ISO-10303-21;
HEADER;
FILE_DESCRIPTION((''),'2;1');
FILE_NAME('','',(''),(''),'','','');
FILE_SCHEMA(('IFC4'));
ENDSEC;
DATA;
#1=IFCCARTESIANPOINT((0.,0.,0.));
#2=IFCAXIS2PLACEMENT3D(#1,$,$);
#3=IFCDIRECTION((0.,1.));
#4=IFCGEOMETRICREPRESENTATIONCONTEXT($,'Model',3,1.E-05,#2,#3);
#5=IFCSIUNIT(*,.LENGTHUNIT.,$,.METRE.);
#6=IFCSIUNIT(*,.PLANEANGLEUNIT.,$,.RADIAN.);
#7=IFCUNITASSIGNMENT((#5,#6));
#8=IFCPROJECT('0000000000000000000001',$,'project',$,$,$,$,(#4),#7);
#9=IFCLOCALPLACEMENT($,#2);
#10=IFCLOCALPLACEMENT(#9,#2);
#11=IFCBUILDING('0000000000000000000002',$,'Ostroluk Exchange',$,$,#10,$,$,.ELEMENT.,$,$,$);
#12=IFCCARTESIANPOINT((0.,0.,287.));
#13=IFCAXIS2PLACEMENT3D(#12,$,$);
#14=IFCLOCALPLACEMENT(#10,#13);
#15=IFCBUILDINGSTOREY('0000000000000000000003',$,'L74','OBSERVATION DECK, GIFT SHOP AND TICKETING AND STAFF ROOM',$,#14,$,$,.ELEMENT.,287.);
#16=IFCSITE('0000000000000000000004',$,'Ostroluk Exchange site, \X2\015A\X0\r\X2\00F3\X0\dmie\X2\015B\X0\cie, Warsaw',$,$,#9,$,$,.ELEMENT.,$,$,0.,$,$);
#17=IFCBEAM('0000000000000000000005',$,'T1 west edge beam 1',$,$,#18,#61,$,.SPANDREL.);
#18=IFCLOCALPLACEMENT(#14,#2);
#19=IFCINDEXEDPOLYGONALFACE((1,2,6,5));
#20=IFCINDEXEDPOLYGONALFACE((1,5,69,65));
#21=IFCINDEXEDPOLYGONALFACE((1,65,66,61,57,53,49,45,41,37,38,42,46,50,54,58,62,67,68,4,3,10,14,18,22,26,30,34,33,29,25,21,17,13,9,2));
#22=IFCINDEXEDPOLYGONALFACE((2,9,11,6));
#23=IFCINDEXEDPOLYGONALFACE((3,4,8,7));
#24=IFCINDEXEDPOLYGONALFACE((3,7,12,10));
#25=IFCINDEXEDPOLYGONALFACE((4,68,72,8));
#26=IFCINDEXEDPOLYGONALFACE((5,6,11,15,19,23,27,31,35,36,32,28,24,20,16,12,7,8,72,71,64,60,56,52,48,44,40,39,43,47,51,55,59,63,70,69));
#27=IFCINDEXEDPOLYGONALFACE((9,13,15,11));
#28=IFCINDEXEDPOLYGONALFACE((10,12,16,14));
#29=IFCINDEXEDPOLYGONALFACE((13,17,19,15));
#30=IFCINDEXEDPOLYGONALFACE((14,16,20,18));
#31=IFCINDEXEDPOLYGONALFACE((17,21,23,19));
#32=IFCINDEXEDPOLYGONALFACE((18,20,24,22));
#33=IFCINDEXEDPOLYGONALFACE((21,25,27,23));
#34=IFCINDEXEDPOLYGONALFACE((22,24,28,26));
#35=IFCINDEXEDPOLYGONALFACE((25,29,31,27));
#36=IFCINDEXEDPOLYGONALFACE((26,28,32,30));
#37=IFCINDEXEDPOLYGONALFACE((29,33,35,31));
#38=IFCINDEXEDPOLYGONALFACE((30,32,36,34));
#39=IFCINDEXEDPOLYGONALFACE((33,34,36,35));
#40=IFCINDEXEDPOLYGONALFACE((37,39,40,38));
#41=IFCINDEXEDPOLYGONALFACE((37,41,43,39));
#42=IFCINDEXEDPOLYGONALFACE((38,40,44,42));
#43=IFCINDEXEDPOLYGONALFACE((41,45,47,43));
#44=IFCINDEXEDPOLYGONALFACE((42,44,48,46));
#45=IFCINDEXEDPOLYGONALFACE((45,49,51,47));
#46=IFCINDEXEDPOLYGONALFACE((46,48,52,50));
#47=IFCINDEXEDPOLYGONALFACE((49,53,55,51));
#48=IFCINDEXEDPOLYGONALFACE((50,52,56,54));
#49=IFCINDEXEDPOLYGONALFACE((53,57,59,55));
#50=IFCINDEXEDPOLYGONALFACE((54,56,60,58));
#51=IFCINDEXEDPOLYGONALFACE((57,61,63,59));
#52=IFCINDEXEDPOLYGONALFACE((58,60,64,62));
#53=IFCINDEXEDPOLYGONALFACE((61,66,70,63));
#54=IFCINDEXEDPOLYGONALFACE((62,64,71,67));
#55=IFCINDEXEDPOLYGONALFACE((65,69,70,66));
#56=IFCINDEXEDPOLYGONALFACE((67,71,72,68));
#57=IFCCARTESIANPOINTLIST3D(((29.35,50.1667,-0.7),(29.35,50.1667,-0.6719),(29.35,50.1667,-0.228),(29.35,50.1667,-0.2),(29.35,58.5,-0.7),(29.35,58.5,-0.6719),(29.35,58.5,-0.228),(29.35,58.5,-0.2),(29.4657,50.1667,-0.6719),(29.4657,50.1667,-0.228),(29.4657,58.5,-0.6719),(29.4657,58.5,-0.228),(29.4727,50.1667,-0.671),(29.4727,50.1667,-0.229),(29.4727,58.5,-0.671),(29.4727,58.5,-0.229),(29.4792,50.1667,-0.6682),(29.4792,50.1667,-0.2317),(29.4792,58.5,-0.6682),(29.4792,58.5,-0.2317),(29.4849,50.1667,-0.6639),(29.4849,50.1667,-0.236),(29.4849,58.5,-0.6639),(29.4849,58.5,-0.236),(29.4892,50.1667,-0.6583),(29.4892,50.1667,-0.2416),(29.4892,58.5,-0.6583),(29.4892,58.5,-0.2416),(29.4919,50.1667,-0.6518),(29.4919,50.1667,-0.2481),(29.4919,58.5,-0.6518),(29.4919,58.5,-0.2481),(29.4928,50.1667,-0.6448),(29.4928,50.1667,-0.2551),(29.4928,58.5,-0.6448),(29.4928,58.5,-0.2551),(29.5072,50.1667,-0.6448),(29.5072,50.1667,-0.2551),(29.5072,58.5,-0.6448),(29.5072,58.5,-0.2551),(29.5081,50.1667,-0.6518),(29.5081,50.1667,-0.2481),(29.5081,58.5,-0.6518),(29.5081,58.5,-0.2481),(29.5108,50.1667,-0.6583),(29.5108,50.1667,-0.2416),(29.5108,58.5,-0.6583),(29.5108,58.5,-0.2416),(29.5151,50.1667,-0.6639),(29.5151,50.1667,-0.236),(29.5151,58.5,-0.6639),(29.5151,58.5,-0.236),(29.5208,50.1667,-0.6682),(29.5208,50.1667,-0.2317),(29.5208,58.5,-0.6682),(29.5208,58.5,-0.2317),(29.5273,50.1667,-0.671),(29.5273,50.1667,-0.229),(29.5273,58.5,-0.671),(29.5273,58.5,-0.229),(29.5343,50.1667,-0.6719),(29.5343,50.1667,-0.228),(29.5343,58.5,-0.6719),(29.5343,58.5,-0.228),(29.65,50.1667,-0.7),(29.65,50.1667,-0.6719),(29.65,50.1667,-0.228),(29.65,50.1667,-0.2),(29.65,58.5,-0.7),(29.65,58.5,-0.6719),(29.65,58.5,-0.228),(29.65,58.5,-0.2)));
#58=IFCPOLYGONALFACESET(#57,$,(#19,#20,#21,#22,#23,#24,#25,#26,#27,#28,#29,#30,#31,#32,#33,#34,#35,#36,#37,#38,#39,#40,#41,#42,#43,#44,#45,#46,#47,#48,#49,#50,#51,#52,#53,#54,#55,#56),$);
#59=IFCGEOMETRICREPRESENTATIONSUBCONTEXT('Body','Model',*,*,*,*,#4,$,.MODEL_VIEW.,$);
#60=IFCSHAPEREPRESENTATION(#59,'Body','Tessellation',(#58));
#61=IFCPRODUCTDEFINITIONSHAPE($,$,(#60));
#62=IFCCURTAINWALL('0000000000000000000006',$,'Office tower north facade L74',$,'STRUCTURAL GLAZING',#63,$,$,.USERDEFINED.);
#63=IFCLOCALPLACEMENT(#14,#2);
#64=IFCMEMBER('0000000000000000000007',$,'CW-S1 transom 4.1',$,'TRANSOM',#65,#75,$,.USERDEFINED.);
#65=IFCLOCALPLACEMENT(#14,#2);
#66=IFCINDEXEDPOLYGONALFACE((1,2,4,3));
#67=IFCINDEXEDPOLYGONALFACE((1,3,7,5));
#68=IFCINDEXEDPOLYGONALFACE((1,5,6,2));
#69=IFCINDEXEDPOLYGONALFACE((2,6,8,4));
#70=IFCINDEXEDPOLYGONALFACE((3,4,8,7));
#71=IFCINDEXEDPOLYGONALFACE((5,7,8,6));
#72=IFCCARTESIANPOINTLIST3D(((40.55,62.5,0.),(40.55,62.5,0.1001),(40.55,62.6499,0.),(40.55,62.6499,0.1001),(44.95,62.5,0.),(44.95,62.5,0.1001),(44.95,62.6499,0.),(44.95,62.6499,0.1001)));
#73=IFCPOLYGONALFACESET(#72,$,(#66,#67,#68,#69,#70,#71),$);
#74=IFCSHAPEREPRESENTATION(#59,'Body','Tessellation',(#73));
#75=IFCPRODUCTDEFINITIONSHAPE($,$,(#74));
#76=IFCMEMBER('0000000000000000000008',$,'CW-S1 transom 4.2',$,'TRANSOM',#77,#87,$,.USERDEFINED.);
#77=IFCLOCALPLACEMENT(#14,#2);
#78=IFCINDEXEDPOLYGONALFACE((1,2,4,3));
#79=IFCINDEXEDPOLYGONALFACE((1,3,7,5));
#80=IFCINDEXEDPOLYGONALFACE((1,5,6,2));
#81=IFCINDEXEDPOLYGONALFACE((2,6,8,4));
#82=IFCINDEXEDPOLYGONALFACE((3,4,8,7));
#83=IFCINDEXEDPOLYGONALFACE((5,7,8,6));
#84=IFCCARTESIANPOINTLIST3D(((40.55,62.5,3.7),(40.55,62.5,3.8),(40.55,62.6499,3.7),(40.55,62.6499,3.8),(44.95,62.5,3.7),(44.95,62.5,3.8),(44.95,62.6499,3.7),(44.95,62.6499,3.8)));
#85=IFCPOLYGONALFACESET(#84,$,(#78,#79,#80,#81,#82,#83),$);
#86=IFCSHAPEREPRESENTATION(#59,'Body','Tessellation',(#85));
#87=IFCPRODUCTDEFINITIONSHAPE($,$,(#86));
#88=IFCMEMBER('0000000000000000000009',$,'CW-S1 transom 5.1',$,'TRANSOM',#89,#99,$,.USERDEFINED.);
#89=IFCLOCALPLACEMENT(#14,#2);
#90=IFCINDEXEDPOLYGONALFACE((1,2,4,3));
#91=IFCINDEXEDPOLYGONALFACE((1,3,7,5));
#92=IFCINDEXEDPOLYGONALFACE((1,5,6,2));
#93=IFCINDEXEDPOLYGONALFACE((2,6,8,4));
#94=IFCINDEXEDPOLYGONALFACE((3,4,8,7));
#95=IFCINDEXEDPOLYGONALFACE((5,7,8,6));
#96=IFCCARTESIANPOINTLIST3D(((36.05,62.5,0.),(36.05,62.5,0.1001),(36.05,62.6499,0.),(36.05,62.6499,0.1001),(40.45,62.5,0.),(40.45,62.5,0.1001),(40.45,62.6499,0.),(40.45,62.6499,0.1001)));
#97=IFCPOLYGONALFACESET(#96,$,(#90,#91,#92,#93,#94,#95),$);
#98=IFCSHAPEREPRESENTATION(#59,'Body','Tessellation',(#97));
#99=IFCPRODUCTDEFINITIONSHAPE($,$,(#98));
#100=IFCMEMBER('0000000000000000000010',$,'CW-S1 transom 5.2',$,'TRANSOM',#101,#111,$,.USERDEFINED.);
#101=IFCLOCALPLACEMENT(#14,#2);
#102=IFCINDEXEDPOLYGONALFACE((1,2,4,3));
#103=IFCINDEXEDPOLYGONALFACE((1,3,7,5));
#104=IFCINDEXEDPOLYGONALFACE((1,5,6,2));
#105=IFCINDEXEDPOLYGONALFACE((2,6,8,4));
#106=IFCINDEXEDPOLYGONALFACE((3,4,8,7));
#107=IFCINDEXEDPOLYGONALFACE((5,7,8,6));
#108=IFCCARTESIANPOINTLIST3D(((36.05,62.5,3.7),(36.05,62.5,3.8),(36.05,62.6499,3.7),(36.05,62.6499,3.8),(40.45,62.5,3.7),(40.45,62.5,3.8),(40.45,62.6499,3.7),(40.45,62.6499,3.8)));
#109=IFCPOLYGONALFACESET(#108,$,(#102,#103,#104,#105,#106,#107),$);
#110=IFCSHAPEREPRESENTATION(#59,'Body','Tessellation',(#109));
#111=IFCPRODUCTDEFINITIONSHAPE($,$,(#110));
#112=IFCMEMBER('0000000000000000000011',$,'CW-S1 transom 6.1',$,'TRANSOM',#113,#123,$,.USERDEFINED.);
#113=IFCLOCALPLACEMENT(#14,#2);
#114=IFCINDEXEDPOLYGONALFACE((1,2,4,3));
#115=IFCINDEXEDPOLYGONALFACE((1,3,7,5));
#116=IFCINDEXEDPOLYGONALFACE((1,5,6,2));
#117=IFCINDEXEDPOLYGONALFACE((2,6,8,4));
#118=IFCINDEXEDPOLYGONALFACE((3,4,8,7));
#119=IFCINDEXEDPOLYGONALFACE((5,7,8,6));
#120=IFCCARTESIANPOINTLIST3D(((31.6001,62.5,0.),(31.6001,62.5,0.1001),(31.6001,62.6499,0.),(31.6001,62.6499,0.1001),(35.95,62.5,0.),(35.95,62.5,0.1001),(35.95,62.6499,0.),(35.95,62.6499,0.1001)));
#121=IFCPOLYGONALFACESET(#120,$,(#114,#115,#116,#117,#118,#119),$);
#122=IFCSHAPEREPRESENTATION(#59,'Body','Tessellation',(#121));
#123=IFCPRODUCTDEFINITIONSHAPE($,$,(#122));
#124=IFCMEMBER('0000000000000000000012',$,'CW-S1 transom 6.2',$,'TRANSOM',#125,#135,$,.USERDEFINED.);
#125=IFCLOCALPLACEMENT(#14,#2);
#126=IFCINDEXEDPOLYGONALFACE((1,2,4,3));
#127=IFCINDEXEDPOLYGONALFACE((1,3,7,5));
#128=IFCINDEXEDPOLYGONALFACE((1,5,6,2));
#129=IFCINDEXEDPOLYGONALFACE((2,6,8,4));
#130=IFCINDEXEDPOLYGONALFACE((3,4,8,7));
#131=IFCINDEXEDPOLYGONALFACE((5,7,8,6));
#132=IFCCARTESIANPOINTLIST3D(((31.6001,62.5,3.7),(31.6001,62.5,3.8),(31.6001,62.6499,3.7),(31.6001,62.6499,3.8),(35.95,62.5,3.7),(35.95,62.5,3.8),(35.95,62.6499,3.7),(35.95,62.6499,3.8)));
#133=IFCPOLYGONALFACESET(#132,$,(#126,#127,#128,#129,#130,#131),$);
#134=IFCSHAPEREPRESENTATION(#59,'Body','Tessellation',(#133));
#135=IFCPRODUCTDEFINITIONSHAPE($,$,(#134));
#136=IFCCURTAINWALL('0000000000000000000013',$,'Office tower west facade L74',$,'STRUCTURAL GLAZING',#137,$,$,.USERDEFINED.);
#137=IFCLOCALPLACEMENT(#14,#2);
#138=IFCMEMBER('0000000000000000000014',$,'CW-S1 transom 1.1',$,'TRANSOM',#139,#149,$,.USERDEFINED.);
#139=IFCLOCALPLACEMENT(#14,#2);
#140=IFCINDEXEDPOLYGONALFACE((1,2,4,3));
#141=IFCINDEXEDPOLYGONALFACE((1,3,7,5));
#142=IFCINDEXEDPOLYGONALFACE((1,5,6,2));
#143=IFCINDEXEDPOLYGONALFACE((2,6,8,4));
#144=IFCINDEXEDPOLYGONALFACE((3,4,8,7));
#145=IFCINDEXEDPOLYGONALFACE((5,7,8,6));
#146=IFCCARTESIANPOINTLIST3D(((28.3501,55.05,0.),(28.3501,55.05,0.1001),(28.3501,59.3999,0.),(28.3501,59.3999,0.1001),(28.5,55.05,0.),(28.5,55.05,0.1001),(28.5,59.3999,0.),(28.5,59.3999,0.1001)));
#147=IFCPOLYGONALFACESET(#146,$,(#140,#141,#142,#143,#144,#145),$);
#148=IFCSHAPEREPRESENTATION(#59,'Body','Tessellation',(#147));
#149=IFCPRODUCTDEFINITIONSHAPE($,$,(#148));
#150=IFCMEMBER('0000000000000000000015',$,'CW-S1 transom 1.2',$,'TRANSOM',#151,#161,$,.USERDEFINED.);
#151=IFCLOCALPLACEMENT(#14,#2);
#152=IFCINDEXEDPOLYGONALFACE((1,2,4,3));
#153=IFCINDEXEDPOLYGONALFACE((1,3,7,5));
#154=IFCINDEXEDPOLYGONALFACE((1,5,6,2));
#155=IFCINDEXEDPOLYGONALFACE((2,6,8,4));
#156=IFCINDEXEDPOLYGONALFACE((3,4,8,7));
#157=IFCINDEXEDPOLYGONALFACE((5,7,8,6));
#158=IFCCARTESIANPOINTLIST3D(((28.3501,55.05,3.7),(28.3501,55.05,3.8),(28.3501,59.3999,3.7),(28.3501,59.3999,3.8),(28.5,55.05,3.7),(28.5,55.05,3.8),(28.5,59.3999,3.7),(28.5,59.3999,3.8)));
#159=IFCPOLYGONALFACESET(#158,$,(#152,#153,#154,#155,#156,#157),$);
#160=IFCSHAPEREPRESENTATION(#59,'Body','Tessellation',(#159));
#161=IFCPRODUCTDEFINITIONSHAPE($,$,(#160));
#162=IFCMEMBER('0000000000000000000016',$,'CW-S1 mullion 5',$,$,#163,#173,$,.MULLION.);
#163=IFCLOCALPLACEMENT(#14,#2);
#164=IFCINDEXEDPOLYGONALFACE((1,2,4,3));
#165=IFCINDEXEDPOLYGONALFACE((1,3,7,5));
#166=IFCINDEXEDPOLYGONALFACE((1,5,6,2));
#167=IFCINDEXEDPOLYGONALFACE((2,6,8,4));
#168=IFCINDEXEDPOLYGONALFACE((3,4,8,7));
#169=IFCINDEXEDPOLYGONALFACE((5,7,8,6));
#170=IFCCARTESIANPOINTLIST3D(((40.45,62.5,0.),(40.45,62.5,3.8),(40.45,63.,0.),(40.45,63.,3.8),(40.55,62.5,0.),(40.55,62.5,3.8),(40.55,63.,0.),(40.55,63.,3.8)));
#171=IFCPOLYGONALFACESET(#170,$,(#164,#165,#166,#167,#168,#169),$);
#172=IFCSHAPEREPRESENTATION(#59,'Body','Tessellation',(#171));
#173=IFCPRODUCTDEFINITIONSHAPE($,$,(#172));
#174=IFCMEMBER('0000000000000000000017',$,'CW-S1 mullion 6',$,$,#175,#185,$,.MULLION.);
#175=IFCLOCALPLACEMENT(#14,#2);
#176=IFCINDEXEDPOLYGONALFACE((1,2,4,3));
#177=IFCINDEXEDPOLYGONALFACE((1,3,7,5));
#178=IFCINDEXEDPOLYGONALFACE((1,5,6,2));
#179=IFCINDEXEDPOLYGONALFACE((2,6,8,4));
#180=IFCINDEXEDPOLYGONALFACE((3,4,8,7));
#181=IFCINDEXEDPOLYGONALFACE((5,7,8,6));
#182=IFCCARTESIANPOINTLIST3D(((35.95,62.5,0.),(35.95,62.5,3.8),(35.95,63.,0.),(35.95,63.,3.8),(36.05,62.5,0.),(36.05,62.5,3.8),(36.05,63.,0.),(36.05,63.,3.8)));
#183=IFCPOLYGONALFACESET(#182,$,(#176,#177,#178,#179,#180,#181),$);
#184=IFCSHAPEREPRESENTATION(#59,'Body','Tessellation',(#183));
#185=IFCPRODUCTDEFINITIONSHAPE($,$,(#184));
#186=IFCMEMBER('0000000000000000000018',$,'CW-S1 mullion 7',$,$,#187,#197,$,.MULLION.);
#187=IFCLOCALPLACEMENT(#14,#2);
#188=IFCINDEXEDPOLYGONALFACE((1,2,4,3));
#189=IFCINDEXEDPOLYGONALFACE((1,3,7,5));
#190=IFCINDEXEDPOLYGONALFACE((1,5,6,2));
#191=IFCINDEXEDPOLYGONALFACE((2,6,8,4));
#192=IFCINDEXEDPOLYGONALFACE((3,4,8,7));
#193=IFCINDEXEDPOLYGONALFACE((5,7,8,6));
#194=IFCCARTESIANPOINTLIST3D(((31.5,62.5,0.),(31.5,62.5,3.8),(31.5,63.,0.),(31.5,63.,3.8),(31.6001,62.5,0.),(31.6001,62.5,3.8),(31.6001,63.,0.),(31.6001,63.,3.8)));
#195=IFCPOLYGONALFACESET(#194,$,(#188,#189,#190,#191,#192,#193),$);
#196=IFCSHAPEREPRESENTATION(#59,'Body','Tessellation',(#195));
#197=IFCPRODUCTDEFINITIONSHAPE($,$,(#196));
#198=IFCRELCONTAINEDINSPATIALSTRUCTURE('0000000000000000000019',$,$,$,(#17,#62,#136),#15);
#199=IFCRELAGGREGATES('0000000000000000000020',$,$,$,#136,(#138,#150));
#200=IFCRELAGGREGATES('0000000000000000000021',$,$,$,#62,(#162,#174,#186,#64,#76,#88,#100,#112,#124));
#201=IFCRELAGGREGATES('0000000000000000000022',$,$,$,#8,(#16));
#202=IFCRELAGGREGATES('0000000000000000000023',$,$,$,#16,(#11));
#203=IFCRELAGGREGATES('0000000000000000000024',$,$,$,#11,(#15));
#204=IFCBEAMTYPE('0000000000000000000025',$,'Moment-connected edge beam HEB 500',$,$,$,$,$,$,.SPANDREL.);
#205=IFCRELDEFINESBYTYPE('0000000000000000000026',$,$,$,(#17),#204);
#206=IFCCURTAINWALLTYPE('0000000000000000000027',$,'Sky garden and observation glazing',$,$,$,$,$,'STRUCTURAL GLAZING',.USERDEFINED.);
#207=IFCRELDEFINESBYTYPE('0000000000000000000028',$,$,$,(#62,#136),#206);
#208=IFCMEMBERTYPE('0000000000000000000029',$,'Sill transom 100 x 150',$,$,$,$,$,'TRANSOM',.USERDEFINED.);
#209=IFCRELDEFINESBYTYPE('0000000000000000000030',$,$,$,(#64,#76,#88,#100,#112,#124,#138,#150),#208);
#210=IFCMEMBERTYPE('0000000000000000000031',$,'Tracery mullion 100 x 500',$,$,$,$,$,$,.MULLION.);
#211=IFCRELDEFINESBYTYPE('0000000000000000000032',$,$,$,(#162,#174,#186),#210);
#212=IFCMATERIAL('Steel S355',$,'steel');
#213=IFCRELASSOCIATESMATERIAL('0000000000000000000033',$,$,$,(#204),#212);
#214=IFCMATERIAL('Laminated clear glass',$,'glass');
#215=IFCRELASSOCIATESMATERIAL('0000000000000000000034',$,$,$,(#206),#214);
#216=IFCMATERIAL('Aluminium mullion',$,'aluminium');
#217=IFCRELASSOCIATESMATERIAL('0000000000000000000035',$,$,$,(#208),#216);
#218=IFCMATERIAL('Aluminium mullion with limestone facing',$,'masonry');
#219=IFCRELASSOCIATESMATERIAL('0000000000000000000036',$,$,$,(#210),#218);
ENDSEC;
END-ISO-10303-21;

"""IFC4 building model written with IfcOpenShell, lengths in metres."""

from ifc_helpers import new_model, si_unit, direction, frame, origin, origin_2d, place, context, subcontext, project, spatial, rectangle, i_section, extrude, material, material_profile, profile_set, type_object, element, aggregate, save


model = new_model("IFC4")

# Units and contexts
model_context = context("Model", 3, precision=1e-05, world=origin(), true_north=direction((0.0, 1.0)))
body_context = subcontext(model_context, "Body", "Model", "MODEL_VIEW")
ifc_project = project(units=[si_unit("LENGTHUNIT", "METRE"), si_unit("PLANEANGLEUNIT", "RADIAN")], contexts=[model_context])

# Site, building, storey
site_placement = place(None, origin())
site = spatial("IfcSite", under=ifc_project, at=site_placement, Name="Ostroluk Exchange site, Śródmieście, Warsaw", CompositionType="ELEMENT", RefElevation=0.0)
building_placement = place(site_placement, origin())
building = spatial("IfcBuilding", under=site, at=building_placement, Name="Ostroluk Exchange", CompositionType="ELEMENT")
storey_placement = place(building_placement, frame((0.0, 0.0, 287.0)))
storey = spatial("IfcBuildingStorey", under=building, at=storey_placement, Name="L74", Description="OBSERVATION DECK, GIFT SHOP AND TICKETING AND STAFF ROOM", CompositionType="ELEMENT", Elevation=287.0)

# Beam
ifc_material_1 = material(Name="Steel S355", Category="steel")
ifc_material_profile_1 = material_profile(ifc_material_1, i_section(OverallWidth=0.3, OverallDepth=0.5, WebThickness=0.0144, FlangeThickness=0.0281, FilletRadius=0.0271, at=origin_2d()), Name="HEB 500")
ifc_profile_set_1 = profile_set([ifc_material_profile_1], Name="Steel S355")
beam_type_1 = type_object("IfcBeamType", Name="Moment-connected edge beam HEB 500", PredefinedType="SPANDREL", material=ifc_profile_set_1)
for number, where, z_axis, x_axis, name in (
    (1, (29.5, 58.5, -0.45), (0.0, -1.0, 0.0), (1.0, 0.0, 0.0), "T1 west edge beam 1"),
):
    element("IfcBeam", number, at=place(storey_placement, frame(where, z_axis=z_axis, x_axis=x_axis)), inside=storey, type_object=beam_type_1, Name=name, PredefinedType="SPANDREL", context=body_context, shape_type="SweptSolid", body=[
        extrude(i_section(OverallWidth=0.3, OverallDepth=0.5, WebThickness=0.0144, FlangeThickness=0.0281, FilletRadius=0.0271, at=origin_2d()), origin(), (0.0, 0.0, 1.0), 8.3333),
    ])

# Curtain walls, members
ifc_material_2 = material(Name="Laminated clear glass", Category="glass")
curtain_wall_type = type_object("IfcCurtainWallType", Name="Sky garden and observation glazing", ElementType="STRUCTURAL GLAZING", PredefinedType="USERDEFINED", material=ifc_material_2)
curtain_wall_1_placement = place(storey_placement, origin())
curtain_wall_1 = element("IfcCurtainWall", 2, at=curtain_wall_1_placement, inside=storey, type_object=curtain_wall_type, Name="Office tower north facade L74", ObjectType="STRUCTURAL GLAZING", PredefinedType="USERDEFINED")
ifc_material_3 = material(Name="Aluminium mullion", Category="aluminium")
ifc_material_profile_2 = material_profile(ifc_material_3, rectangle(XDim=0.1499, YDim=0.1001, at=origin_2d()), Name="Sill transom 100 x 150")
ifc_profile_set_2 = profile_set([ifc_material_profile_2], Name="Aluminium mullion")
member_type_1 = type_object("IfcMemberType", Name="Sill transom 100 x 150", ElementType="TRANSOM", PredefinedType="USERDEFINED", material=ifc_profile_set_2)
member_1_placement = place(storey_placement, frame((44.95, 62.575, 0.05), z_axis=(-1.0, 0.0, 0.0), x_axis=(0.0, -1.0, 0.0)))
member_1 = element("IfcMember", 3, at=member_1_placement, type_object=member_type_1, Name="CW-S1 transom 4.1", ObjectType="TRANSOM", PredefinedType="USERDEFINED", context=body_context, shape_type="SweptSolid", body=[
    extrude(rectangle(XDim=0.1499, YDim=0.1001, at=origin_2d()), origin(), (0.0, 0.0, 1.0), 4.3999),
])
member_2_placement = place(storey_placement, frame((44.95, 62.575, 3.75), z_axis=(-1.0, 0.0, 0.0), x_axis=(0.0, -1.0, 0.0)))
member_2 = element("IfcMember", 4, at=member_2_placement, type_object=member_type_1, Name="CW-S1 transom 4.2", ObjectType="TRANSOM", PredefinedType="USERDEFINED", context=body_context, shape_type="SweptSolid", body=[
    extrude(rectangle(XDim=0.1499, YDim=0.1001, at=origin_2d()), origin(), (0.0, 0.0, 1.0), 4.3999),
])
member_3_placement = place(storey_placement, frame((40.45, 62.575, 0.05), z_axis=(-1.0, 0.0, 0.0), x_axis=(0.0, -1.0, 0.0)))
member_3 = element("IfcMember", 5, at=member_3_placement, type_object=member_type_1, Name="CW-S1 transom 5.1", ObjectType="TRANSOM", PredefinedType="USERDEFINED", context=body_context, shape_type="SweptSolid", body=[
    extrude(rectangle(XDim=0.1499, YDim=0.1001, at=origin_2d()), origin(), (0.0, 0.0, 1.0), 4.3999),
])
member_4_placement = place(storey_placement, frame((40.45, 62.575, 3.75), z_axis=(-1.0, 0.0, 0.0), x_axis=(0.0, -1.0, 0.0)))
member_4 = element("IfcMember", 6, at=member_4_placement, type_object=member_type_1, Name="CW-S1 transom 5.2", ObjectType="TRANSOM", PredefinedType="USERDEFINED", context=body_context, shape_type="SweptSolid", body=[
    extrude(rectangle(XDim=0.1499, YDim=0.1001, at=origin_2d()), origin(), (0.0, 0.0, 1.0), 4.3999),
])
member_5_placement = place(storey_placement, frame((35.95, 62.575, 0.05), z_axis=(-1.0, 0.0, 0.0), x_axis=(0.0, -1.0, 0.0)))
member_5 = element("IfcMember", 7, at=member_5_placement, type_object=member_type_1, Name="CW-S1 transom 6.1", ObjectType="TRANSOM", PredefinedType="USERDEFINED", context=body_context, shape_type="SweptSolid", body=[
    extrude(rectangle(XDim=0.1499, YDim=0.1001, at=origin_2d()), origin(), (0.0, 0.0, 1.0), 4.3499),
])
member_6_placement = place(storey_placement, frame((35.95, 62.575, 3.75), z_axis=(-1.0, 0.0, 0.0), x_axis=(0.0, -1.0, 0.0)))
member_6 = element("IfcMember", 8, at=member_6_placement, type_object=member_type_1, Name="CW-S1 transom 6.2", ObjectType="TRANSOM", PredefinedType="USERDEFINED", context=body_context, shape_type="SweptSolid", body=[
    extrude(rectangle(XDim=0.1499, YDim=0.1001, at=origin_2d()), origin(), (0.0, 0.0, 1.0), 4.3499),
])
curtain_wall_2_placement = place(storey_placement, origin())
curtain_wall_2 = element("IfcCurtainWall", 9, at=curtain_wall_2_placement, inside=storey, type_object=curtain_wall_type, Name="Office tower west facade L74", ObjectType="STRUCTURAL GLAZING", PredefinedType="USERDEFINED")
member_7_placement = place(storey_placement, frame((28.425, 59.3999, 0.05), z_axis=(0.0, -1.0, 0.0), x_axis=(1.0, 0.0, 0.0)))
member_7 = element("IfcMember", 10, at=member_7_placement, type_object=member_type_1, Name="CW-S1 transom 1.1", ObjectType="TRANSOM", PredefinedType="USERDEFINED", context=body_context, shape_type="SweptSolid", body=[
    extrude(rectangle(XDim=0.1499, YDim=0.1001, at=origin_2d()), origin(), (0.0, 0.0, 1.0), 4.3499),
])
member_8_placement = place(storey_placement, frame((28.425, 59.3999, 3.75), z_axis=(0.0, -1.0, 0.0), x_axis=(1.0, 0.0, 0.0)))
member_8 = element("IfcMember", 11, at=member_8_placement, type_object=member_type_1, Name="CW-S1 transom 1.2", ObjectType="TRANSOM", PredefinedType="USERDEFINED", context=body_context, shape_type="SweptSolid", body=[
    extrude(rectangle(XDim=0.1499, YDim=0.1001, at=origin_2d()), origin(), (0.0, 0.0, 1.0), 4.3499),
])

# Members
ifc_material_4 = material(Name="Aluminium mullion with limestone facing", Category="masonry")
ifc_material_profile_3 = material_profile(ifc_material_4, rectangle(XDim=0.5, YDim=0.1001, at=origin_2d()), Name="Tracery mullion 100 x 500")
ifc_profile_set_3 = profile_set([ifc_material_profile_3], Name="Aluminium mullion with limestone facing")
member_type_2 = type_object("IfcMemberType", Name="Tracery mullion 100 x 500", PredefinedType="MULLION", material=ifc_profile_set_3)
member_9_placement = place(storey_placement, frame((40.5, 62.75, 0.0), z_axis=(0.0, 0.0, 1.0), x_axis=(0.0, -1.0, 0.0)))
member_9 = element("IfcMember", 12, at=member_9_placement, type_object=member_type_2, Name="CW-S1 mullion 5", PredefinedType="MULLION", context=body_context, shape_type="SweptSolid", body=[
    extrude(rectangle(XDim=0.5, YDim=0.1001, at=origin_2d()), origin(), (0.0, 0.0, 1.0), 3.8),
])
member_10_placement = place(storey_placement, frame((36.0, 62.75, 0.0), z_axis=(0.0, 0.0, 1.0), x_axis=(0.0, -1.0, 0.0)))
member_10 = element("IfcMember", 13, at=member_10_placement, type_object=member_type_2, Name="CW-S1 mullion 6", PredefinedType="MULLION", context=body_context, shape_type="SweptSolid", body=[
    extrude(rectangle(XDim=0.5, YDim=0.1001, at=origin_2d()), origin(), (0.0, 0.0, 1.0), 3.8),
])
member_11_placement = place(storey_placement, frame((31.55, 62.75, 0.0), z_axis=(0.0, 0.0, 1.0), x_axis=(0.0, -1.0, 0.0)))
member_11 = element("IfcMember", 14, at=member_11_placement, type_object=member_type_2, Name="CW-S1 mullion 7", PredefinedType="MULLION", context=body_context, shape_type="SweptSolid", body=[
    extrude(rectangle(XDim=0.5, YDim=0.1001, at=origin_2d()), origin(), (0.0, 0.0, 1.0), 3.8),
])
aggregate(curtain_wall_2, [member_7, member_8])

aggregate(curtain_wall_1, [member_9, member_10, member_11, member_1, member_2, member_3, member_4, member_5, member_6])

save(model, "model.ifc")
